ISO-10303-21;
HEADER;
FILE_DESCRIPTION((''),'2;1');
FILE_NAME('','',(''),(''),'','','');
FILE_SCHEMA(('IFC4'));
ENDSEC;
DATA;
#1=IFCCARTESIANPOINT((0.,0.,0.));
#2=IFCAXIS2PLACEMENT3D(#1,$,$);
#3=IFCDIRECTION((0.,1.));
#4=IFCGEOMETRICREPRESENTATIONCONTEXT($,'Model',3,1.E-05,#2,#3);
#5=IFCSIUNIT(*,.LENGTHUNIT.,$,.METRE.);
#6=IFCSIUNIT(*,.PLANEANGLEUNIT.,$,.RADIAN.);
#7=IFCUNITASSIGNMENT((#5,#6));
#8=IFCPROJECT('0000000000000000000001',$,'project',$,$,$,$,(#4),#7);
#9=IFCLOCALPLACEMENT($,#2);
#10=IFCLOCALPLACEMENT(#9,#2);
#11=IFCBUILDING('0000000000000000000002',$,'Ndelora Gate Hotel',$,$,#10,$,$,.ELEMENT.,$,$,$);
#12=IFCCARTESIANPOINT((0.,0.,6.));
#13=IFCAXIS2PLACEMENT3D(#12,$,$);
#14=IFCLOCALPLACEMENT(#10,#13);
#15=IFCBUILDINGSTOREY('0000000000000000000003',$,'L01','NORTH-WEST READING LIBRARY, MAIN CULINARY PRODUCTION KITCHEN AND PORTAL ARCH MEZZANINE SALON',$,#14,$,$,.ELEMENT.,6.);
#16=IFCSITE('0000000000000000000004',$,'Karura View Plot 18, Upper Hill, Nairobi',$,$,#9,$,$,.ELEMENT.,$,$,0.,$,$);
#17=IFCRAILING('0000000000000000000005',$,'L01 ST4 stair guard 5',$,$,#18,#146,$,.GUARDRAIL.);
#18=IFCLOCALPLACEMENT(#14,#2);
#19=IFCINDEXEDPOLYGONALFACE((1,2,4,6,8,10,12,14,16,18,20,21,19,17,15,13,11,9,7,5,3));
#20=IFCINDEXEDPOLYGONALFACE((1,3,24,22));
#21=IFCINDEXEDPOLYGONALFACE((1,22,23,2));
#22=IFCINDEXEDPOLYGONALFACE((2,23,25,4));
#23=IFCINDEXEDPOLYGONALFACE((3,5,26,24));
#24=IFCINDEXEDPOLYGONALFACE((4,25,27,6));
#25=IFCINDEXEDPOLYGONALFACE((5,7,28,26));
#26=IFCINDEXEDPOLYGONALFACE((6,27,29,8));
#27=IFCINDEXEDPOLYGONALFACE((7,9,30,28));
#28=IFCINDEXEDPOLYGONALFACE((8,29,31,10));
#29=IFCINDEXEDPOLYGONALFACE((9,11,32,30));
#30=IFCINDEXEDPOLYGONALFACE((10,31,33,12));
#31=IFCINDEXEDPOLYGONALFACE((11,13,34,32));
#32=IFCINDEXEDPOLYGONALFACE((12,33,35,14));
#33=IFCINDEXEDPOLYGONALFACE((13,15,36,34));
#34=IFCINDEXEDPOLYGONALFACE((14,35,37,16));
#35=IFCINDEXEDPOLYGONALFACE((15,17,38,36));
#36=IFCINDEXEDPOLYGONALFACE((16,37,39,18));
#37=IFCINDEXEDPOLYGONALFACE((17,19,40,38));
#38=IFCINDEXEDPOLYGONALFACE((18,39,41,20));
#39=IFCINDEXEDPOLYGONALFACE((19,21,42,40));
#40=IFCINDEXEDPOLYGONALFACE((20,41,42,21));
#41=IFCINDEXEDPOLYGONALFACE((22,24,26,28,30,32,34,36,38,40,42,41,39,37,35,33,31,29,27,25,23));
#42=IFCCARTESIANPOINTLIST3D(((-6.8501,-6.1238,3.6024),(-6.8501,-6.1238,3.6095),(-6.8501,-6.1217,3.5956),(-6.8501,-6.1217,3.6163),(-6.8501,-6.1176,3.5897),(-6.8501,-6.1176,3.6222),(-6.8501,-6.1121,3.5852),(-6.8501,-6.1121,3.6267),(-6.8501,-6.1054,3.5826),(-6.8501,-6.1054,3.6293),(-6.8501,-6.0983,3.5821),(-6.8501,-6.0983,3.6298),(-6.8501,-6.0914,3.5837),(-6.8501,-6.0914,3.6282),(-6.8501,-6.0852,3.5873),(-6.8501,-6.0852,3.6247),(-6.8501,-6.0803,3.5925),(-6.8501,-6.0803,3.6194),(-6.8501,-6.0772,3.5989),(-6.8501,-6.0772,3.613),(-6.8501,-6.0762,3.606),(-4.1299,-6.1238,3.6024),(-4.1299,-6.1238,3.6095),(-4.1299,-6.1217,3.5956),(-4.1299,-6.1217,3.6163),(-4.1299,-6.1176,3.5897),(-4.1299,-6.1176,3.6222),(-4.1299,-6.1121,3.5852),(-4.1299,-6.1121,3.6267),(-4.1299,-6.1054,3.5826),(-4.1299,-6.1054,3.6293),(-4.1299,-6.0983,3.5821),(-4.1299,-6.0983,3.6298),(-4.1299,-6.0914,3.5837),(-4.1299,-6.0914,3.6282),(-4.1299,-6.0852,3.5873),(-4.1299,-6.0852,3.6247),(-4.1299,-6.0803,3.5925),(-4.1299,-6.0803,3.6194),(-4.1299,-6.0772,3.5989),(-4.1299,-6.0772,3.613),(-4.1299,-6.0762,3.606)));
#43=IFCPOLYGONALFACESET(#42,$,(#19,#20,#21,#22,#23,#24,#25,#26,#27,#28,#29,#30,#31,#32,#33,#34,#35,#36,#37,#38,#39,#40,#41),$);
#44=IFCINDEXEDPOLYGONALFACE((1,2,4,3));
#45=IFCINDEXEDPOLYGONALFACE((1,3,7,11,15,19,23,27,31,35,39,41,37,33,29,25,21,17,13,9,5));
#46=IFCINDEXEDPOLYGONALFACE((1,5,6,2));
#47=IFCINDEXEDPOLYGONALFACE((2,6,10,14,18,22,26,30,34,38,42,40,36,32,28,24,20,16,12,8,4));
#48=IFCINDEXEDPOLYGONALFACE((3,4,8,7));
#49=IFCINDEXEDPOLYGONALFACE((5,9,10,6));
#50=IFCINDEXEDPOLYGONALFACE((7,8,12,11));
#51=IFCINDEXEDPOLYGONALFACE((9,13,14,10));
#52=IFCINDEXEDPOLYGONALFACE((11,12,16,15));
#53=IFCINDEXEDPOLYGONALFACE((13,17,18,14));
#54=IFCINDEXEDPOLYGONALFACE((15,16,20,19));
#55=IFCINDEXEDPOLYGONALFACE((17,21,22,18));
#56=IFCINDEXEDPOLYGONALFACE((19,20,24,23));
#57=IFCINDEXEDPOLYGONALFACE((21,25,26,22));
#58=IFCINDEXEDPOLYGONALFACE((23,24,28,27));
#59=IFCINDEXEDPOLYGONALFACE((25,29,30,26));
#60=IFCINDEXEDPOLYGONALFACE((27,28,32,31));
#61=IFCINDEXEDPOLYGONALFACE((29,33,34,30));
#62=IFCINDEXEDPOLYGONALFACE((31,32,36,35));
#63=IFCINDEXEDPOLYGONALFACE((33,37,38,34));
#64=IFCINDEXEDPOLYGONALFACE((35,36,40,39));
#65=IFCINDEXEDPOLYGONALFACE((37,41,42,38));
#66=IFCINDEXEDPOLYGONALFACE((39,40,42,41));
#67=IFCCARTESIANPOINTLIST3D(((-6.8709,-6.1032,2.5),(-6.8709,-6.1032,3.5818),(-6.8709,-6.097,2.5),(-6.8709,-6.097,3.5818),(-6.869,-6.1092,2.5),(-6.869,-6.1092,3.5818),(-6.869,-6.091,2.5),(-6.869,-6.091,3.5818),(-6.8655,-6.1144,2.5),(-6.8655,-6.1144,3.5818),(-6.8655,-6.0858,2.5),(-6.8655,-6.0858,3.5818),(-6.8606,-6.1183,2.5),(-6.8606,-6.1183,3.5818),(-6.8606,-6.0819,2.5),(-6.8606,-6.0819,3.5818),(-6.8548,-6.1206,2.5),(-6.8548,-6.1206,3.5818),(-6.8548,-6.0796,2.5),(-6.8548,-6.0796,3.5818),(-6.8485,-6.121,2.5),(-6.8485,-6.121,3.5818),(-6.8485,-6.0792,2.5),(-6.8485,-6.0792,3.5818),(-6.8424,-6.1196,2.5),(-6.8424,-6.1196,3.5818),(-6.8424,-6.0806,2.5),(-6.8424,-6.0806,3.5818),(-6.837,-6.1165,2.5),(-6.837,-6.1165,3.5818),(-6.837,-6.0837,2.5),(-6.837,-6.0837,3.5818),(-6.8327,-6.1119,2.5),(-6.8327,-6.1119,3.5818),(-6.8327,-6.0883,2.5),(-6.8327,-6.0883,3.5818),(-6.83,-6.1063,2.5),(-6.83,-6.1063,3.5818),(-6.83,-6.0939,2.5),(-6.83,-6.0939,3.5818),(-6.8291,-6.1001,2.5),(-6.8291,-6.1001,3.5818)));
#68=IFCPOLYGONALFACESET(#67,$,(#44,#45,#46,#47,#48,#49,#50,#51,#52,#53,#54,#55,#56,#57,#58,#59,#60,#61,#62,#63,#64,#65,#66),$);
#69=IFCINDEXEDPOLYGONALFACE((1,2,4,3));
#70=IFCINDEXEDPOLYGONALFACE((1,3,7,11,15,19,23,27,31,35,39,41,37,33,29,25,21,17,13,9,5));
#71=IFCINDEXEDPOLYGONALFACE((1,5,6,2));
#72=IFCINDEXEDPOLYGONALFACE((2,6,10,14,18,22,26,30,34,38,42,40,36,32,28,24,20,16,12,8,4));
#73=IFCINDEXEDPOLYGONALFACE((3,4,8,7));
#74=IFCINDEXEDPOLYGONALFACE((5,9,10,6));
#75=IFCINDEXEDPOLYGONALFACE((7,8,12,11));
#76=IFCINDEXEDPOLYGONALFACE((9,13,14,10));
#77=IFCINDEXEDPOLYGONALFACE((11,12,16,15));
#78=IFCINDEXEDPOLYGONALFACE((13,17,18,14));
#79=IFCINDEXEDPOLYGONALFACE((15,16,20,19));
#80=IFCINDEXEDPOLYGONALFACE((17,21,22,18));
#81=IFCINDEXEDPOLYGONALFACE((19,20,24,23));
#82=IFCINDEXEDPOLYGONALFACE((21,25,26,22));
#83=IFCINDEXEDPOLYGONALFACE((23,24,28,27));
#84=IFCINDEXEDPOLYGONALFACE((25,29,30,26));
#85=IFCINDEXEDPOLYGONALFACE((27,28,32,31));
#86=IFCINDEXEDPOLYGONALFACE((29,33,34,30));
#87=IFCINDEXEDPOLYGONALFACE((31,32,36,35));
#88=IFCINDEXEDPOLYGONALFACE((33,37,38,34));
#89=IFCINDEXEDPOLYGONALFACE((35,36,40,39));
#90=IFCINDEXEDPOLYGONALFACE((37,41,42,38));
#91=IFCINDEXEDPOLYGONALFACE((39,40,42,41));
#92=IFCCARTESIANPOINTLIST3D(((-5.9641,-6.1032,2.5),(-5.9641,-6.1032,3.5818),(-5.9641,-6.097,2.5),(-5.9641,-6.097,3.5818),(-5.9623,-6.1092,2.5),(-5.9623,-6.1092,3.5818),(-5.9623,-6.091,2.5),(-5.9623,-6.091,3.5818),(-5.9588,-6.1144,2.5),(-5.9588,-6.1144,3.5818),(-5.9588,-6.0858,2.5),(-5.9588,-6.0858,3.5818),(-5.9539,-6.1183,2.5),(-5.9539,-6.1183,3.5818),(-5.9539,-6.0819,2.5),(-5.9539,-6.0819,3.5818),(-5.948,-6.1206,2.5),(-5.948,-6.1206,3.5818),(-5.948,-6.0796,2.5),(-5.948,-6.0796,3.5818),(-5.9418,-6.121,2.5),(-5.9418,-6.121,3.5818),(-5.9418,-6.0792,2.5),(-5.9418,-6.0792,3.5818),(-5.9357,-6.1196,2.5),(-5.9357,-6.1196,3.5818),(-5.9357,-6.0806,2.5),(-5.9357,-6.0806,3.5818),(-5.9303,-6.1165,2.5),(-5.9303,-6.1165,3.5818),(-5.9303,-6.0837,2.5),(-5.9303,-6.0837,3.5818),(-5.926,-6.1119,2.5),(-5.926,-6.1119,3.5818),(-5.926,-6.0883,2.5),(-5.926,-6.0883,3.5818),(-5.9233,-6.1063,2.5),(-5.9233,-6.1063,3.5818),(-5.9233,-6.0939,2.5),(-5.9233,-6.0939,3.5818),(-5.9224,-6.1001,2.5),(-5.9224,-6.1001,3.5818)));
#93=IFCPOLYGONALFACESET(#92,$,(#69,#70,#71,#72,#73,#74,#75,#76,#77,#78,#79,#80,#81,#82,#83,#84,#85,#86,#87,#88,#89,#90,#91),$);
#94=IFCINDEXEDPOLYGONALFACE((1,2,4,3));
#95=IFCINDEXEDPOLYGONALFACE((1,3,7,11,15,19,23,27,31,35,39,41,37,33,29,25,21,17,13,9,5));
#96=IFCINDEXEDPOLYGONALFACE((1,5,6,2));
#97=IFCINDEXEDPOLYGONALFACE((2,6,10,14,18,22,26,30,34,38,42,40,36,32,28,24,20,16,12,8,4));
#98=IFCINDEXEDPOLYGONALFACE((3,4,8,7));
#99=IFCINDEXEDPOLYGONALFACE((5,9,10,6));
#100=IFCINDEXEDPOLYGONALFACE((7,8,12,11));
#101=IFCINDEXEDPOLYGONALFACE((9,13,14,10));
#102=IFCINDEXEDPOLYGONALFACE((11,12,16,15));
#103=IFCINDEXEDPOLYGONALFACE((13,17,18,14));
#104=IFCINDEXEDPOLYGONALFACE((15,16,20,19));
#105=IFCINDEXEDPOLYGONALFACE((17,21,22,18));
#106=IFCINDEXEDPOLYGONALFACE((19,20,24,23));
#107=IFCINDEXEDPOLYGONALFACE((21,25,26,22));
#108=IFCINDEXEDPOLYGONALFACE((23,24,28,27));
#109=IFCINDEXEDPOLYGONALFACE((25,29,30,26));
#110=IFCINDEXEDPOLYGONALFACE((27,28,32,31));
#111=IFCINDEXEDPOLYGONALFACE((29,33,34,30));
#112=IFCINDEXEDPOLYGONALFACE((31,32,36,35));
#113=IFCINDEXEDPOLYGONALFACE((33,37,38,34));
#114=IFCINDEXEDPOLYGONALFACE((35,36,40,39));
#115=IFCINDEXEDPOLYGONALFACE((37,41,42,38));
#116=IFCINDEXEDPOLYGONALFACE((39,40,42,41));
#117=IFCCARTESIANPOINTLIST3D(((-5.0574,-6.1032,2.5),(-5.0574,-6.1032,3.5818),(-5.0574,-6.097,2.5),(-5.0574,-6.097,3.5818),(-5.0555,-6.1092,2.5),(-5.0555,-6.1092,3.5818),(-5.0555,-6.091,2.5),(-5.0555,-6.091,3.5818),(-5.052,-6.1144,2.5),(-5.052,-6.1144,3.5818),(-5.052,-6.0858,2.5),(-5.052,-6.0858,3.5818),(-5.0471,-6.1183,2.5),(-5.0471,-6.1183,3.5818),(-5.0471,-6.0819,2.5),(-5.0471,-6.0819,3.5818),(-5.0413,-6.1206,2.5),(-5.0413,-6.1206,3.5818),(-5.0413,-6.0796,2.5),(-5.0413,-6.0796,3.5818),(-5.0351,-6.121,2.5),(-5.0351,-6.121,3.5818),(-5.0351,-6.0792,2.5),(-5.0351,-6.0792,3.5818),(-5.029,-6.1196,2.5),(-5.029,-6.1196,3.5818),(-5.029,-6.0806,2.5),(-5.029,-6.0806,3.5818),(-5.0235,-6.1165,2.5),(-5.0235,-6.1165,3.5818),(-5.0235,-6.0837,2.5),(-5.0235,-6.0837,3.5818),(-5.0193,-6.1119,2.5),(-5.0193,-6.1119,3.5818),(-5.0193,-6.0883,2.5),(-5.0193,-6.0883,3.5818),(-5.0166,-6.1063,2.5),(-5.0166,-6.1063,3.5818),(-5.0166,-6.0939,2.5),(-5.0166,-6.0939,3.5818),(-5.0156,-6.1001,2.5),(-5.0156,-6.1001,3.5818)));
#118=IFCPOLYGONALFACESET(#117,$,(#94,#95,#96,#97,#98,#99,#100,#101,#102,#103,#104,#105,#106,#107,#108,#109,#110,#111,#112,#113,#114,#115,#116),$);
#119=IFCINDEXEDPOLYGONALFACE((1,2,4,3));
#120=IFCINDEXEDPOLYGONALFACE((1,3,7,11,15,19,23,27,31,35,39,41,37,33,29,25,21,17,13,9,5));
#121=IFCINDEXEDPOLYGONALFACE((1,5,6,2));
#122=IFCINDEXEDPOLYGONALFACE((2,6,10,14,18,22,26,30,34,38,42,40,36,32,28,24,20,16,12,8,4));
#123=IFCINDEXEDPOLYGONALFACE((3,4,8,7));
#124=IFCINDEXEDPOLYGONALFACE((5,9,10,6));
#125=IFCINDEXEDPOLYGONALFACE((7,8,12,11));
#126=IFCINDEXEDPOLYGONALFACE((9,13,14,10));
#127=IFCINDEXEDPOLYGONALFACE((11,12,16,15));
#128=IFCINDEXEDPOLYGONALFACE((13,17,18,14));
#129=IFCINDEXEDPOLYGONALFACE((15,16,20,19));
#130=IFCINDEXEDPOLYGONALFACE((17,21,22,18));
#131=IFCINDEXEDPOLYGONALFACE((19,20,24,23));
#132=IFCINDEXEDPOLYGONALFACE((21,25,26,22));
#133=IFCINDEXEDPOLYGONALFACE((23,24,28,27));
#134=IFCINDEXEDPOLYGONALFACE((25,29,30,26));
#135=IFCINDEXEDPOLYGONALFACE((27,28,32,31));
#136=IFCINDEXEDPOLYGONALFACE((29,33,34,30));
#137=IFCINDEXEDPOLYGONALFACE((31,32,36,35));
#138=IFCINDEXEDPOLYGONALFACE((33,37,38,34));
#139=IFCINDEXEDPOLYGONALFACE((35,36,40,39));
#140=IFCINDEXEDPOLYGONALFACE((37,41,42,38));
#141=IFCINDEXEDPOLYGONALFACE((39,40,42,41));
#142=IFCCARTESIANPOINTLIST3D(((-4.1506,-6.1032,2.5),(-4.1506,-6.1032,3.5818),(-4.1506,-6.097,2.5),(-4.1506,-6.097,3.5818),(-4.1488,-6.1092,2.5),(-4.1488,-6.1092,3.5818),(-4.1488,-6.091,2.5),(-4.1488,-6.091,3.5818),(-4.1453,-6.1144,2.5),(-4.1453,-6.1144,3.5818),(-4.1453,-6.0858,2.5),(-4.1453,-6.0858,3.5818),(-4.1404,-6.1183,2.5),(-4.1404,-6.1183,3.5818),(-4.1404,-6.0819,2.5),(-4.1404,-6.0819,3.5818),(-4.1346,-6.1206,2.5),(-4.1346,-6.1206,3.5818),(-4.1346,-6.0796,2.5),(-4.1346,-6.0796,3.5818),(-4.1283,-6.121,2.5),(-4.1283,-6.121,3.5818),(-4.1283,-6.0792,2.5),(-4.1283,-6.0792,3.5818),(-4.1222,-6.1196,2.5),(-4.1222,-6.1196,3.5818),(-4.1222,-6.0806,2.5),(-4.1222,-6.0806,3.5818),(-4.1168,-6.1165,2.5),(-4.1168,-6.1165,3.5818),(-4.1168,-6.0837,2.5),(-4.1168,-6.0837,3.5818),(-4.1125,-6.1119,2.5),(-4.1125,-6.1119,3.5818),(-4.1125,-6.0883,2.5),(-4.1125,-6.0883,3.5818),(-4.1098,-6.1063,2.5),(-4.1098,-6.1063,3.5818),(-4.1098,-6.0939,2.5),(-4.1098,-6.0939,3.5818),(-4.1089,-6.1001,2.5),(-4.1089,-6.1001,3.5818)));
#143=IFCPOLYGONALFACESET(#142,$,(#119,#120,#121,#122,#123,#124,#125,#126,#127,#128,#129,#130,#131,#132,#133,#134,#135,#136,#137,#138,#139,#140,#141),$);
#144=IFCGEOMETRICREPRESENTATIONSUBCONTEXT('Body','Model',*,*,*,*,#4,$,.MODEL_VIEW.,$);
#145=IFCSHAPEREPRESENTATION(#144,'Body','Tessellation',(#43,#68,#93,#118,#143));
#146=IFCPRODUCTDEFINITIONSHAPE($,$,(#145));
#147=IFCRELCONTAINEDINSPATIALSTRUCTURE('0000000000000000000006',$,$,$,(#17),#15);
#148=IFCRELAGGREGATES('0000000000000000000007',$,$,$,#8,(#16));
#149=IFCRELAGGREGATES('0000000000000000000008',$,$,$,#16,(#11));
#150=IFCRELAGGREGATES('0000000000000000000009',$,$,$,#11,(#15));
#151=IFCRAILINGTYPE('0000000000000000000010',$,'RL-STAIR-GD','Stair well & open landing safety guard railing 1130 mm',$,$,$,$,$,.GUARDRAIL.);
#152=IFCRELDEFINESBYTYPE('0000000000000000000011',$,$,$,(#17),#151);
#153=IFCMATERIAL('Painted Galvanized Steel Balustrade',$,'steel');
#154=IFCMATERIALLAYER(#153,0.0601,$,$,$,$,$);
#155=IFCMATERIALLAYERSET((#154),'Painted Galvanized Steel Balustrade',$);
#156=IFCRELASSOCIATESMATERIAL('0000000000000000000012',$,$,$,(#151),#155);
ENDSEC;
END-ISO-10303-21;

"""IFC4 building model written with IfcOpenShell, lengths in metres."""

from ifc_helpers import new_model, si_unit, direction, frame, origin, origin_2d, place, context, subcontext, project, spatial, circle, extrude, material, layer, layer_set, type_object, element, save


model = new_model("IFC4")

# Units and contexts
model_context = context("Model", 3, precision=1e-05, world=origin(), true_north=direction((0.0, 1.0)))
body_context = subcontext(model_context, "Body", "Model", "MODEL_VIEW")
ifc_project = project(units=[si_unit("LENGTHUNIT", "METRE"), si_unit("PLANEANGLEUNIT", "RADIAN")], contexts=[model_context])

# Site, building, storey
site_placement = place(None, origin())
site = spatial("IfcSite", under=ifc_project, at=site_placement, Name="Karura View Plot 18, Upper Hill, Nairobi", CompositionType="ELEMENT", RefElevation=0.0)
building_placement = place(site_placement, origin())
building = spatial("IfcBuilding", under=site, at=building_placement, Name="Ndelora Gate Hotel", CompositionType="ELEMENT")
storey_placement = place(building_placement, frame((0.0, 0.0, 6.0)))
storey = spatial("IfcBuildingStorey", under=building, at=storey_placement, Name="L01", Description="NORTH-WEST READING LIBRARY, MAIN CULINARY PRODUCTION KITCHEN AND PORTAL ARCH MEZZANINE SALON", CompositionType="ELEMENT", Elevation=6.0)

# Railing
ifc_material_1 = material(Name="Painted Galvanized Steel Balustrade", Category="steel")
ifc_layer_1 = layer(ifc_material_1, 0.0601)
ifc_layer_set_1 = layer_set([ifc_layer_1], Name="Painted Galvanized Steel Balustrade")
railing_type = type_object("IfcRailingType", Name="RL-STAIR-GD", Description="Stair well & open landing safety guard railing 1130 mm", PredefinedType="GUARDRAIL", material=ifc_layer_set_1)
railing_1_placement = place(storey_placement, frame((-6.8501, -6.1001, 2.5)))
element("IfcRailing", 1, at=railing_1_placement, inside=storey, type_object=railing_type, Name="L01 ST4 stair guard 5", PredefinedType="GUARDRAIL", context=body_context, shape_type="SweptSolid", body=[
    extrude(circle(Radius=0.0239, at=origin_2d()), frame((0.0, 0.0, 1.106), z_axis=(1.0, 0.0, 0.0), x_axis=(0.0, 1.0, 0.0)), (0.0, 0.0, 1.0), 2.7202),
    extrude(circle(Radius=0.021, at=origin_2d()), origin(), (0.0, 0.0, 1.0), 1.0818),
    extrude(circle(Radius=0.021, at=origin_2d()), frame((0.9067, 0.0, 0.0)), (0.0, 0.0, 1.0), 1.0818),
    extrude(circle(Radius=0.021, at=origin_2d()), frame((1.8135, 0.0, 0.0)), (0.0, 0.0, 1.0), 1.0818),
    extrude(circle(Radius=0.021, at=origin_2d()), frame((2.7202, 0.0, 0.0)), (0.0, 0.0, 1.0), 1.0818),
])

save(model, "model.ifc")
